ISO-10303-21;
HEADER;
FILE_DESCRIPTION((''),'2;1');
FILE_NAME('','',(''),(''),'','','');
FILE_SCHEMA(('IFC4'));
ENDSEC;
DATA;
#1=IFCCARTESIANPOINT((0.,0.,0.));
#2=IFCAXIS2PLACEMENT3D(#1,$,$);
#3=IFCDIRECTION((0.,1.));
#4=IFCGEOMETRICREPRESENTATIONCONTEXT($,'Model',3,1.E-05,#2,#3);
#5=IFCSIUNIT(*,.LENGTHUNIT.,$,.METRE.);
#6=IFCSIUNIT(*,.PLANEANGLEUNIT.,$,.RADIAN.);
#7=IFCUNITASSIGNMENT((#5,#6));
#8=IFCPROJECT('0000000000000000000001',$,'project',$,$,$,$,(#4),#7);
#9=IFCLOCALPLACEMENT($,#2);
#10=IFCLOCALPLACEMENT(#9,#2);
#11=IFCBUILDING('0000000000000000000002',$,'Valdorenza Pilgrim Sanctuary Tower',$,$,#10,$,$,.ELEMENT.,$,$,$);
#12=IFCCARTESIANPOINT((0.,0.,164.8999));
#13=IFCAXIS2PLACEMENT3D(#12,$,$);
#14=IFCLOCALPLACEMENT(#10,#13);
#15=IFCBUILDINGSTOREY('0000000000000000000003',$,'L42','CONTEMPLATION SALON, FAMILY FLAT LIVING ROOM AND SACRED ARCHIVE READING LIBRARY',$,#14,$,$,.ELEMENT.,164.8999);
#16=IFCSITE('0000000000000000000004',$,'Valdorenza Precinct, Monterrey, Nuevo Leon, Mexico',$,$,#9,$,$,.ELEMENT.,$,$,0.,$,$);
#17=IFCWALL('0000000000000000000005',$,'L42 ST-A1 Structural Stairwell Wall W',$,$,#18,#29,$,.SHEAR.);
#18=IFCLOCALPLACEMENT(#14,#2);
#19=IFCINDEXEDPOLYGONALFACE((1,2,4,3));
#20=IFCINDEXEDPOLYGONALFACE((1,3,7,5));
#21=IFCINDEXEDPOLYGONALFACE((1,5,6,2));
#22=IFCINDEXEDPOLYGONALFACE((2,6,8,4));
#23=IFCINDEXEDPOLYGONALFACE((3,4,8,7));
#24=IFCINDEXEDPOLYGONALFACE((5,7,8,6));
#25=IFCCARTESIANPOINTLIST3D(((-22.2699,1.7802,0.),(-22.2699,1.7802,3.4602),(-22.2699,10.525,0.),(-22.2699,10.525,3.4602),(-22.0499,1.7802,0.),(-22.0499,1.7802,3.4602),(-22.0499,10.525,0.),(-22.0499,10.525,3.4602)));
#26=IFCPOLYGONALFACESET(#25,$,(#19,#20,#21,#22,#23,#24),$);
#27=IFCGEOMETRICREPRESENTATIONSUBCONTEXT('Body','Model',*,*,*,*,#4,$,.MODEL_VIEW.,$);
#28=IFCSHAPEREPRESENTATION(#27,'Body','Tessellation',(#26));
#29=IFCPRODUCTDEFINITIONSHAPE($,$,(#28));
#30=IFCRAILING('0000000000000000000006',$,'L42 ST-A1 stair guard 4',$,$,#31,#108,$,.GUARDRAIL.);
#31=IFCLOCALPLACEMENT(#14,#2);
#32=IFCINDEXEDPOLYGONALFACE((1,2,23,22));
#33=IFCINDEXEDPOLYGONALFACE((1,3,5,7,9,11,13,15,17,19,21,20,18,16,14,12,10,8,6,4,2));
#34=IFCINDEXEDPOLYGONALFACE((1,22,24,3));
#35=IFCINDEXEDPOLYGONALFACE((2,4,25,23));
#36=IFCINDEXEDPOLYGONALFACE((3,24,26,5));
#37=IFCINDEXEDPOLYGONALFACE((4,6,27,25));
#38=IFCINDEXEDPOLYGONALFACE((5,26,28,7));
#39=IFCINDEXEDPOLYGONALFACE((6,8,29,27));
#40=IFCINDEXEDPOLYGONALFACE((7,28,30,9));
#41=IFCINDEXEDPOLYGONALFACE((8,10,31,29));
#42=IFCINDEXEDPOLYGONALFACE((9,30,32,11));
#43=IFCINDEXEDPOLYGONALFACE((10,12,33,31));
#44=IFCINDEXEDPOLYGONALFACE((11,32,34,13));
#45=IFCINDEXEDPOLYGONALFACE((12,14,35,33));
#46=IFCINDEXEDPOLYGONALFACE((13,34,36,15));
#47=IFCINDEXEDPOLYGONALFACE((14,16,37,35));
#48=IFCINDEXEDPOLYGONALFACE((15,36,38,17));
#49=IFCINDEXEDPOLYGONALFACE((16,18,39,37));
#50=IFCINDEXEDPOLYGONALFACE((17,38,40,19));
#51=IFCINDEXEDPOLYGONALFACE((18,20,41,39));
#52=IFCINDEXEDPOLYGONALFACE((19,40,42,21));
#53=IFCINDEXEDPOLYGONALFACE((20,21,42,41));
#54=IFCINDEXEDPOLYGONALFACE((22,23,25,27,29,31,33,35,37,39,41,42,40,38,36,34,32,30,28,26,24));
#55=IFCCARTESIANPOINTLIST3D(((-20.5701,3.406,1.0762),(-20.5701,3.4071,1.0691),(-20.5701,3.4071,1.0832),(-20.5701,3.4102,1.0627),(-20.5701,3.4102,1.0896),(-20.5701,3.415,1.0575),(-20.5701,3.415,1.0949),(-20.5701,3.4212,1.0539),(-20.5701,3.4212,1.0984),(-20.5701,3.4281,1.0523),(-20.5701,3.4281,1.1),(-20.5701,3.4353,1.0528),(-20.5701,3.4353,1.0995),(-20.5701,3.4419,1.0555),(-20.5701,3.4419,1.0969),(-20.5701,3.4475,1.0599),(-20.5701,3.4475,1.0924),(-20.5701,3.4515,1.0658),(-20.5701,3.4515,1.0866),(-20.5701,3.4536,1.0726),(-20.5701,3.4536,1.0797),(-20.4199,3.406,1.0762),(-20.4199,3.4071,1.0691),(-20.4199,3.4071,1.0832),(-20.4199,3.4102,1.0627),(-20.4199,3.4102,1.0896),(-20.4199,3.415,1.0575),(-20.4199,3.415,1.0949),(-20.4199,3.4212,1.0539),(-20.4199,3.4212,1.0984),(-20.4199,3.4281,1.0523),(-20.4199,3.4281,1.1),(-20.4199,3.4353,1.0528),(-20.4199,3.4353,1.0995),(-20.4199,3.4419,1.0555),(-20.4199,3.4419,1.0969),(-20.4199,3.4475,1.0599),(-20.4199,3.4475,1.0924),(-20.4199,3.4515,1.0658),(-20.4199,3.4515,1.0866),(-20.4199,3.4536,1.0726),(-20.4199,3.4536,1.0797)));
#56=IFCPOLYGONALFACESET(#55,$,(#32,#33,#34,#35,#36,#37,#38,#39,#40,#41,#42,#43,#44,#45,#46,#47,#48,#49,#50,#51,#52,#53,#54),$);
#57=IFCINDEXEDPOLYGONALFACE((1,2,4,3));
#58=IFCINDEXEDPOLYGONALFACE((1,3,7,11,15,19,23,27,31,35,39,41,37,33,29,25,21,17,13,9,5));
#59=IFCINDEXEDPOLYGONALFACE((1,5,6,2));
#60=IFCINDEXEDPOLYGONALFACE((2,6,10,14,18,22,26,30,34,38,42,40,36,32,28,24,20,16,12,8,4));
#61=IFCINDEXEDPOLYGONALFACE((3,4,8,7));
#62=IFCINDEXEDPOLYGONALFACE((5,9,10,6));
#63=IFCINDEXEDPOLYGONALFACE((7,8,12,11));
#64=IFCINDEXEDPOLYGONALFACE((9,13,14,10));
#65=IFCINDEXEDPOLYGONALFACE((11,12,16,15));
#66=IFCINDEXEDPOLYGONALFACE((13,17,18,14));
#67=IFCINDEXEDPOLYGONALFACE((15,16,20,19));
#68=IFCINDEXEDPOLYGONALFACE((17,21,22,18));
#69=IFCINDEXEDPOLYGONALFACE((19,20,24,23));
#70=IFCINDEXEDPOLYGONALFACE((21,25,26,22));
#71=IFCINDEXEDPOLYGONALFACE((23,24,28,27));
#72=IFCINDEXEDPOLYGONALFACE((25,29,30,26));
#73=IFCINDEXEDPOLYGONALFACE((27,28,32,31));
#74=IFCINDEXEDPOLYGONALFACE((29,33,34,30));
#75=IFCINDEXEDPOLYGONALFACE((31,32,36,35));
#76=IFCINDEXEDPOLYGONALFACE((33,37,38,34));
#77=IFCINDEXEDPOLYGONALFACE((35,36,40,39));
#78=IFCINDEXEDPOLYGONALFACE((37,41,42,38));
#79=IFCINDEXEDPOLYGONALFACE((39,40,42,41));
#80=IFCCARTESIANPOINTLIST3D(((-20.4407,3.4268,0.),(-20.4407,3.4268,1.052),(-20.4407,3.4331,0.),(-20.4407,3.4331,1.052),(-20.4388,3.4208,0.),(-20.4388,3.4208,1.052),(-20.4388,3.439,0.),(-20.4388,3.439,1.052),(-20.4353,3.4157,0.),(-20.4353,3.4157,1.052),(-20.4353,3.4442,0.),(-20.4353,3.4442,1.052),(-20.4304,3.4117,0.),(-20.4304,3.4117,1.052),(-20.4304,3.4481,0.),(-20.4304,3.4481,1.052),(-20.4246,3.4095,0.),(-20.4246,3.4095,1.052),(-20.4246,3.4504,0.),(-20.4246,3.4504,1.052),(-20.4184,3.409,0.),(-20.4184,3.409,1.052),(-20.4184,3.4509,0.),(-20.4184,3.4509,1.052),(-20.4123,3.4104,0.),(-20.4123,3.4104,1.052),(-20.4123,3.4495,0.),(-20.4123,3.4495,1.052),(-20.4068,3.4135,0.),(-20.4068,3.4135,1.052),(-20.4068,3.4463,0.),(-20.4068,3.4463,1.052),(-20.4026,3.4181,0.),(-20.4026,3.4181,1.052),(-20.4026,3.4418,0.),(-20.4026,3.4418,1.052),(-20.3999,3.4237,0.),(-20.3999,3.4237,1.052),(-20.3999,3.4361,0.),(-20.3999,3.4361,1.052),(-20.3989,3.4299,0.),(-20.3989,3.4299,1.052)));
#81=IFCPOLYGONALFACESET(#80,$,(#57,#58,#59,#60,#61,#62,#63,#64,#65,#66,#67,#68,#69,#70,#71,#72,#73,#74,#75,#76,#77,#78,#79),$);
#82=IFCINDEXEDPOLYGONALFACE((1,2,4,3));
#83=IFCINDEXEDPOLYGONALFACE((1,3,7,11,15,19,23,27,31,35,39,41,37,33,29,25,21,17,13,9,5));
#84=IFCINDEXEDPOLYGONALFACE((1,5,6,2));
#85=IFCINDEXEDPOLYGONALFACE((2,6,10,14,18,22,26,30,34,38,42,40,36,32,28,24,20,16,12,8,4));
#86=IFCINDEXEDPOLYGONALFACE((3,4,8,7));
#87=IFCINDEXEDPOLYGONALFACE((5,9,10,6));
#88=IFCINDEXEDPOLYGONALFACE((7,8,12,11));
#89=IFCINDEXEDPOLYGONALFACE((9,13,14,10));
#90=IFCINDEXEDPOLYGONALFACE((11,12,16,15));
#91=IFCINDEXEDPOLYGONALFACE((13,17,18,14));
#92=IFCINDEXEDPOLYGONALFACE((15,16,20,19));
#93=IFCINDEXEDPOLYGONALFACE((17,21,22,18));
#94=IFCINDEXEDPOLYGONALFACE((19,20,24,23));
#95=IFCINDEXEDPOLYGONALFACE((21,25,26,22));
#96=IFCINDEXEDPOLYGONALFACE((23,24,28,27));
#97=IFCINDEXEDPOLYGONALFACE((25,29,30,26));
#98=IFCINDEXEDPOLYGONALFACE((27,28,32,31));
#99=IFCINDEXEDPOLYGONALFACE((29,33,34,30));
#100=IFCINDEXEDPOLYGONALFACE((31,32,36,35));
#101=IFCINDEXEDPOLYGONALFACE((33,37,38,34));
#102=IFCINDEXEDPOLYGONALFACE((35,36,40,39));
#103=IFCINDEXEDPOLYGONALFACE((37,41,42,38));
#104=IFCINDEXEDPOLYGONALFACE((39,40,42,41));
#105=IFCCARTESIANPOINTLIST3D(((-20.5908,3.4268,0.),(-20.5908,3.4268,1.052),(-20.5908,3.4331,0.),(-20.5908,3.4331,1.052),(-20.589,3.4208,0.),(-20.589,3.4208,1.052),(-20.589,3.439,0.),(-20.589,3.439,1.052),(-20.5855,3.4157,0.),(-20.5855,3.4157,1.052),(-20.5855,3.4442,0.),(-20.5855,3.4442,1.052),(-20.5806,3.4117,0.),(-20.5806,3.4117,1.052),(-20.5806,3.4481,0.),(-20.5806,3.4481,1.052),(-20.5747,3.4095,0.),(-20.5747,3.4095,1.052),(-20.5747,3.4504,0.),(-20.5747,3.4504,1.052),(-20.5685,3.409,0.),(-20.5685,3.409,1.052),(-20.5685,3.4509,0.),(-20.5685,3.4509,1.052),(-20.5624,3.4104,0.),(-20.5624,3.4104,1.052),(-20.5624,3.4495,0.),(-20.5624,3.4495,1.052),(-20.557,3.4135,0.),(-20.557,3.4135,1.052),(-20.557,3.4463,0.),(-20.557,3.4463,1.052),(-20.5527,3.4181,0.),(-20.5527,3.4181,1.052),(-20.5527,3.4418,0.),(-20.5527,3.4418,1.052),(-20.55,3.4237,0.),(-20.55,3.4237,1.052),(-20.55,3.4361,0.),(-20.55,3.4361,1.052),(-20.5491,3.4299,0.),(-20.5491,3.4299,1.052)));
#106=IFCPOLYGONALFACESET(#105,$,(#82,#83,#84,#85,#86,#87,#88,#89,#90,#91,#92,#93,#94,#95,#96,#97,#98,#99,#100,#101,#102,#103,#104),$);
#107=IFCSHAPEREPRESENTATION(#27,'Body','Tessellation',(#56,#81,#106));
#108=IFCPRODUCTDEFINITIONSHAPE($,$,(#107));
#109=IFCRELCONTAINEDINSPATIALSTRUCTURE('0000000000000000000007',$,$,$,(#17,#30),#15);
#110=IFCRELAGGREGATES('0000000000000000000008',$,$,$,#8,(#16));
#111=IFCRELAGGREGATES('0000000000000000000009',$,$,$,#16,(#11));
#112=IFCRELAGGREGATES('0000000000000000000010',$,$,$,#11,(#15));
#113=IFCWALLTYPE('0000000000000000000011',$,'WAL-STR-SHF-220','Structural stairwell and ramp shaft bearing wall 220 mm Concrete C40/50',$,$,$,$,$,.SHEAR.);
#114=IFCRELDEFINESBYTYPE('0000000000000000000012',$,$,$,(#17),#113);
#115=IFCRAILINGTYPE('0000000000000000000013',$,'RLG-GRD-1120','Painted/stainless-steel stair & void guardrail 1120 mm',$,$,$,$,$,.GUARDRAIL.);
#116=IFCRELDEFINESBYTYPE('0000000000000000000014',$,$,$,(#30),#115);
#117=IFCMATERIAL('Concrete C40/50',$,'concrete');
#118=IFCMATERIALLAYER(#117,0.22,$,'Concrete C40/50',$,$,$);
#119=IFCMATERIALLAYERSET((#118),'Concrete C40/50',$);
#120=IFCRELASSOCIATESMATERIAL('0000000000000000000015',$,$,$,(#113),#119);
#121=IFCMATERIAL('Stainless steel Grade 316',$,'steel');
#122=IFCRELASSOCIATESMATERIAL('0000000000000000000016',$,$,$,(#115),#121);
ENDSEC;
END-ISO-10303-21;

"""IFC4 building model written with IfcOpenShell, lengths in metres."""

from ifc_helpers import new_model, si_unit, direction, frame, frame_2d, origin, origin_2d, place, context, subcontext, project, spatial, rectangle, circle, extrude, material, layer, layer_set, type_object, element, save


model = new_model("IFC4")

# Units and contexts
model_context = context("Model", 3, precision=1e-05, world=origin(), true_north=direction((0.0, 1.0)))
body_context = subcontext(model_context, "Body", "Model", "MODEL_VIEW")
ifc_project = project(units=[si_unit("LENGTHUNIT", "METRE"), si_unit("PLANEANGLEUNIT", "RADIAN")], contexts=[model_context])

# Site, building, storey
site_placement = place(None, origin())
site = spatial("IfcSite", under=ifc_project, at=site_placement, Name="Valdorenza Precinct, Monterrey, Nuevo Leon, Mexico", CompositionType="ELEMENT", RefElevation=0.0)
building_placement = place(site_placement, origin())
building = spatial("IfcBuilding", under=site, at=building_placement, Name="Valdorenza Pilgrim Sanctuary Tower", CompositionType="ELEMENT")
storey_placement = place(building_placement, frame((0.0, 0.0, 164.8999)))
storey = spatial("IfcBuildingStorey", under=building, at=storey_placement, Name="L42", Description="CONTEMPLATION SALON, FAMILY FLAT LIVING ROOM AND SACRED ARCHIVE READING LIBRARY", CompositionType="ELEMENT", Elevation=164.8999)

# Wall
ifc_material_1 = material(Name="Concrete C40/50", Category="concrete")
ifc_layer_1 = layer(ifc_material_1, 0.22, Name="Concrete C40/50")
ifc_layer_set_1 = layer_set([ifc_layer_1], Name="Concrete C40/50")
wall_type_1 = type_object("IfcWallType", Name="WAL-STR-SHF-220", Description="Structural stairwell and ramp shaft bearing wall 220 mm Concrete C40/50", PredefinedType="SHEAR", material=ifc_layer_set_1)
wall_1_placement = place(storey_placement, frame((-22.1599, 1.78, 0.0), z_axis=(0.0, 0.0, 1.0), x_axis=(0.0, 1.0, 0.0)))
element("IfcWall", 1, at=wall_1_placement, inside=storey, type_object=wall_type_1, Name="L42 ST-A1 Structural Stairwell Wall W", PredefinedType="SHEAR", context=body_context, shape_type="SweptSolid", body=[
    extrude(rectangle(XDim=8.7449, YDim=0.22, at=frame_2d((4.3726, 0.0))), origin(), (0.0, 0.0, 1.0), 3.4602),
])

# Railing
ifc_material_2 = material(Name="Stainless steel Grade 316", Category="steel")
railing_type = type_object("IfcRailingType", Name="RLG-GRD-1120", Description="Painted/stainless-steel stair & void guardrail 1120 mm", PredefinedType="GUARDRAIL", material=ifc_material_2)
railing_placement = place(storey_placement, frame((-20.4199, 3.4299, 0.0)))
element("IfcRailing", 2, at=railing_placement, inside=storey, type_object=railing_type, Name="L42 ST-A1 stair guard 4", PredefinedType="GUARDRAIL", context=body_context, shape_type="SweptSolid", body=[
    extrude(circle(Radius=0.0239, at=origin_2d()), frame((0.0, 0.0, 1.0762), z_axis=(-1.0, 0.0, 0.0), x_axis=(0.0, -1.0, 0.0)), (0.0, 0.0, 1.0), 0.1501),
    extrude(circle(Radius=0.021, at=origin_2d()), origin(), (0.0, 0.0, 1.0), 1.052),
    extrude(circle(Radius=0.021, at=origin_2d()), frame((-0.1501, 0.0, 0.0)), (0.0, 0.0, 1.0), 1.052),
])

save(model, "model.ifc")
